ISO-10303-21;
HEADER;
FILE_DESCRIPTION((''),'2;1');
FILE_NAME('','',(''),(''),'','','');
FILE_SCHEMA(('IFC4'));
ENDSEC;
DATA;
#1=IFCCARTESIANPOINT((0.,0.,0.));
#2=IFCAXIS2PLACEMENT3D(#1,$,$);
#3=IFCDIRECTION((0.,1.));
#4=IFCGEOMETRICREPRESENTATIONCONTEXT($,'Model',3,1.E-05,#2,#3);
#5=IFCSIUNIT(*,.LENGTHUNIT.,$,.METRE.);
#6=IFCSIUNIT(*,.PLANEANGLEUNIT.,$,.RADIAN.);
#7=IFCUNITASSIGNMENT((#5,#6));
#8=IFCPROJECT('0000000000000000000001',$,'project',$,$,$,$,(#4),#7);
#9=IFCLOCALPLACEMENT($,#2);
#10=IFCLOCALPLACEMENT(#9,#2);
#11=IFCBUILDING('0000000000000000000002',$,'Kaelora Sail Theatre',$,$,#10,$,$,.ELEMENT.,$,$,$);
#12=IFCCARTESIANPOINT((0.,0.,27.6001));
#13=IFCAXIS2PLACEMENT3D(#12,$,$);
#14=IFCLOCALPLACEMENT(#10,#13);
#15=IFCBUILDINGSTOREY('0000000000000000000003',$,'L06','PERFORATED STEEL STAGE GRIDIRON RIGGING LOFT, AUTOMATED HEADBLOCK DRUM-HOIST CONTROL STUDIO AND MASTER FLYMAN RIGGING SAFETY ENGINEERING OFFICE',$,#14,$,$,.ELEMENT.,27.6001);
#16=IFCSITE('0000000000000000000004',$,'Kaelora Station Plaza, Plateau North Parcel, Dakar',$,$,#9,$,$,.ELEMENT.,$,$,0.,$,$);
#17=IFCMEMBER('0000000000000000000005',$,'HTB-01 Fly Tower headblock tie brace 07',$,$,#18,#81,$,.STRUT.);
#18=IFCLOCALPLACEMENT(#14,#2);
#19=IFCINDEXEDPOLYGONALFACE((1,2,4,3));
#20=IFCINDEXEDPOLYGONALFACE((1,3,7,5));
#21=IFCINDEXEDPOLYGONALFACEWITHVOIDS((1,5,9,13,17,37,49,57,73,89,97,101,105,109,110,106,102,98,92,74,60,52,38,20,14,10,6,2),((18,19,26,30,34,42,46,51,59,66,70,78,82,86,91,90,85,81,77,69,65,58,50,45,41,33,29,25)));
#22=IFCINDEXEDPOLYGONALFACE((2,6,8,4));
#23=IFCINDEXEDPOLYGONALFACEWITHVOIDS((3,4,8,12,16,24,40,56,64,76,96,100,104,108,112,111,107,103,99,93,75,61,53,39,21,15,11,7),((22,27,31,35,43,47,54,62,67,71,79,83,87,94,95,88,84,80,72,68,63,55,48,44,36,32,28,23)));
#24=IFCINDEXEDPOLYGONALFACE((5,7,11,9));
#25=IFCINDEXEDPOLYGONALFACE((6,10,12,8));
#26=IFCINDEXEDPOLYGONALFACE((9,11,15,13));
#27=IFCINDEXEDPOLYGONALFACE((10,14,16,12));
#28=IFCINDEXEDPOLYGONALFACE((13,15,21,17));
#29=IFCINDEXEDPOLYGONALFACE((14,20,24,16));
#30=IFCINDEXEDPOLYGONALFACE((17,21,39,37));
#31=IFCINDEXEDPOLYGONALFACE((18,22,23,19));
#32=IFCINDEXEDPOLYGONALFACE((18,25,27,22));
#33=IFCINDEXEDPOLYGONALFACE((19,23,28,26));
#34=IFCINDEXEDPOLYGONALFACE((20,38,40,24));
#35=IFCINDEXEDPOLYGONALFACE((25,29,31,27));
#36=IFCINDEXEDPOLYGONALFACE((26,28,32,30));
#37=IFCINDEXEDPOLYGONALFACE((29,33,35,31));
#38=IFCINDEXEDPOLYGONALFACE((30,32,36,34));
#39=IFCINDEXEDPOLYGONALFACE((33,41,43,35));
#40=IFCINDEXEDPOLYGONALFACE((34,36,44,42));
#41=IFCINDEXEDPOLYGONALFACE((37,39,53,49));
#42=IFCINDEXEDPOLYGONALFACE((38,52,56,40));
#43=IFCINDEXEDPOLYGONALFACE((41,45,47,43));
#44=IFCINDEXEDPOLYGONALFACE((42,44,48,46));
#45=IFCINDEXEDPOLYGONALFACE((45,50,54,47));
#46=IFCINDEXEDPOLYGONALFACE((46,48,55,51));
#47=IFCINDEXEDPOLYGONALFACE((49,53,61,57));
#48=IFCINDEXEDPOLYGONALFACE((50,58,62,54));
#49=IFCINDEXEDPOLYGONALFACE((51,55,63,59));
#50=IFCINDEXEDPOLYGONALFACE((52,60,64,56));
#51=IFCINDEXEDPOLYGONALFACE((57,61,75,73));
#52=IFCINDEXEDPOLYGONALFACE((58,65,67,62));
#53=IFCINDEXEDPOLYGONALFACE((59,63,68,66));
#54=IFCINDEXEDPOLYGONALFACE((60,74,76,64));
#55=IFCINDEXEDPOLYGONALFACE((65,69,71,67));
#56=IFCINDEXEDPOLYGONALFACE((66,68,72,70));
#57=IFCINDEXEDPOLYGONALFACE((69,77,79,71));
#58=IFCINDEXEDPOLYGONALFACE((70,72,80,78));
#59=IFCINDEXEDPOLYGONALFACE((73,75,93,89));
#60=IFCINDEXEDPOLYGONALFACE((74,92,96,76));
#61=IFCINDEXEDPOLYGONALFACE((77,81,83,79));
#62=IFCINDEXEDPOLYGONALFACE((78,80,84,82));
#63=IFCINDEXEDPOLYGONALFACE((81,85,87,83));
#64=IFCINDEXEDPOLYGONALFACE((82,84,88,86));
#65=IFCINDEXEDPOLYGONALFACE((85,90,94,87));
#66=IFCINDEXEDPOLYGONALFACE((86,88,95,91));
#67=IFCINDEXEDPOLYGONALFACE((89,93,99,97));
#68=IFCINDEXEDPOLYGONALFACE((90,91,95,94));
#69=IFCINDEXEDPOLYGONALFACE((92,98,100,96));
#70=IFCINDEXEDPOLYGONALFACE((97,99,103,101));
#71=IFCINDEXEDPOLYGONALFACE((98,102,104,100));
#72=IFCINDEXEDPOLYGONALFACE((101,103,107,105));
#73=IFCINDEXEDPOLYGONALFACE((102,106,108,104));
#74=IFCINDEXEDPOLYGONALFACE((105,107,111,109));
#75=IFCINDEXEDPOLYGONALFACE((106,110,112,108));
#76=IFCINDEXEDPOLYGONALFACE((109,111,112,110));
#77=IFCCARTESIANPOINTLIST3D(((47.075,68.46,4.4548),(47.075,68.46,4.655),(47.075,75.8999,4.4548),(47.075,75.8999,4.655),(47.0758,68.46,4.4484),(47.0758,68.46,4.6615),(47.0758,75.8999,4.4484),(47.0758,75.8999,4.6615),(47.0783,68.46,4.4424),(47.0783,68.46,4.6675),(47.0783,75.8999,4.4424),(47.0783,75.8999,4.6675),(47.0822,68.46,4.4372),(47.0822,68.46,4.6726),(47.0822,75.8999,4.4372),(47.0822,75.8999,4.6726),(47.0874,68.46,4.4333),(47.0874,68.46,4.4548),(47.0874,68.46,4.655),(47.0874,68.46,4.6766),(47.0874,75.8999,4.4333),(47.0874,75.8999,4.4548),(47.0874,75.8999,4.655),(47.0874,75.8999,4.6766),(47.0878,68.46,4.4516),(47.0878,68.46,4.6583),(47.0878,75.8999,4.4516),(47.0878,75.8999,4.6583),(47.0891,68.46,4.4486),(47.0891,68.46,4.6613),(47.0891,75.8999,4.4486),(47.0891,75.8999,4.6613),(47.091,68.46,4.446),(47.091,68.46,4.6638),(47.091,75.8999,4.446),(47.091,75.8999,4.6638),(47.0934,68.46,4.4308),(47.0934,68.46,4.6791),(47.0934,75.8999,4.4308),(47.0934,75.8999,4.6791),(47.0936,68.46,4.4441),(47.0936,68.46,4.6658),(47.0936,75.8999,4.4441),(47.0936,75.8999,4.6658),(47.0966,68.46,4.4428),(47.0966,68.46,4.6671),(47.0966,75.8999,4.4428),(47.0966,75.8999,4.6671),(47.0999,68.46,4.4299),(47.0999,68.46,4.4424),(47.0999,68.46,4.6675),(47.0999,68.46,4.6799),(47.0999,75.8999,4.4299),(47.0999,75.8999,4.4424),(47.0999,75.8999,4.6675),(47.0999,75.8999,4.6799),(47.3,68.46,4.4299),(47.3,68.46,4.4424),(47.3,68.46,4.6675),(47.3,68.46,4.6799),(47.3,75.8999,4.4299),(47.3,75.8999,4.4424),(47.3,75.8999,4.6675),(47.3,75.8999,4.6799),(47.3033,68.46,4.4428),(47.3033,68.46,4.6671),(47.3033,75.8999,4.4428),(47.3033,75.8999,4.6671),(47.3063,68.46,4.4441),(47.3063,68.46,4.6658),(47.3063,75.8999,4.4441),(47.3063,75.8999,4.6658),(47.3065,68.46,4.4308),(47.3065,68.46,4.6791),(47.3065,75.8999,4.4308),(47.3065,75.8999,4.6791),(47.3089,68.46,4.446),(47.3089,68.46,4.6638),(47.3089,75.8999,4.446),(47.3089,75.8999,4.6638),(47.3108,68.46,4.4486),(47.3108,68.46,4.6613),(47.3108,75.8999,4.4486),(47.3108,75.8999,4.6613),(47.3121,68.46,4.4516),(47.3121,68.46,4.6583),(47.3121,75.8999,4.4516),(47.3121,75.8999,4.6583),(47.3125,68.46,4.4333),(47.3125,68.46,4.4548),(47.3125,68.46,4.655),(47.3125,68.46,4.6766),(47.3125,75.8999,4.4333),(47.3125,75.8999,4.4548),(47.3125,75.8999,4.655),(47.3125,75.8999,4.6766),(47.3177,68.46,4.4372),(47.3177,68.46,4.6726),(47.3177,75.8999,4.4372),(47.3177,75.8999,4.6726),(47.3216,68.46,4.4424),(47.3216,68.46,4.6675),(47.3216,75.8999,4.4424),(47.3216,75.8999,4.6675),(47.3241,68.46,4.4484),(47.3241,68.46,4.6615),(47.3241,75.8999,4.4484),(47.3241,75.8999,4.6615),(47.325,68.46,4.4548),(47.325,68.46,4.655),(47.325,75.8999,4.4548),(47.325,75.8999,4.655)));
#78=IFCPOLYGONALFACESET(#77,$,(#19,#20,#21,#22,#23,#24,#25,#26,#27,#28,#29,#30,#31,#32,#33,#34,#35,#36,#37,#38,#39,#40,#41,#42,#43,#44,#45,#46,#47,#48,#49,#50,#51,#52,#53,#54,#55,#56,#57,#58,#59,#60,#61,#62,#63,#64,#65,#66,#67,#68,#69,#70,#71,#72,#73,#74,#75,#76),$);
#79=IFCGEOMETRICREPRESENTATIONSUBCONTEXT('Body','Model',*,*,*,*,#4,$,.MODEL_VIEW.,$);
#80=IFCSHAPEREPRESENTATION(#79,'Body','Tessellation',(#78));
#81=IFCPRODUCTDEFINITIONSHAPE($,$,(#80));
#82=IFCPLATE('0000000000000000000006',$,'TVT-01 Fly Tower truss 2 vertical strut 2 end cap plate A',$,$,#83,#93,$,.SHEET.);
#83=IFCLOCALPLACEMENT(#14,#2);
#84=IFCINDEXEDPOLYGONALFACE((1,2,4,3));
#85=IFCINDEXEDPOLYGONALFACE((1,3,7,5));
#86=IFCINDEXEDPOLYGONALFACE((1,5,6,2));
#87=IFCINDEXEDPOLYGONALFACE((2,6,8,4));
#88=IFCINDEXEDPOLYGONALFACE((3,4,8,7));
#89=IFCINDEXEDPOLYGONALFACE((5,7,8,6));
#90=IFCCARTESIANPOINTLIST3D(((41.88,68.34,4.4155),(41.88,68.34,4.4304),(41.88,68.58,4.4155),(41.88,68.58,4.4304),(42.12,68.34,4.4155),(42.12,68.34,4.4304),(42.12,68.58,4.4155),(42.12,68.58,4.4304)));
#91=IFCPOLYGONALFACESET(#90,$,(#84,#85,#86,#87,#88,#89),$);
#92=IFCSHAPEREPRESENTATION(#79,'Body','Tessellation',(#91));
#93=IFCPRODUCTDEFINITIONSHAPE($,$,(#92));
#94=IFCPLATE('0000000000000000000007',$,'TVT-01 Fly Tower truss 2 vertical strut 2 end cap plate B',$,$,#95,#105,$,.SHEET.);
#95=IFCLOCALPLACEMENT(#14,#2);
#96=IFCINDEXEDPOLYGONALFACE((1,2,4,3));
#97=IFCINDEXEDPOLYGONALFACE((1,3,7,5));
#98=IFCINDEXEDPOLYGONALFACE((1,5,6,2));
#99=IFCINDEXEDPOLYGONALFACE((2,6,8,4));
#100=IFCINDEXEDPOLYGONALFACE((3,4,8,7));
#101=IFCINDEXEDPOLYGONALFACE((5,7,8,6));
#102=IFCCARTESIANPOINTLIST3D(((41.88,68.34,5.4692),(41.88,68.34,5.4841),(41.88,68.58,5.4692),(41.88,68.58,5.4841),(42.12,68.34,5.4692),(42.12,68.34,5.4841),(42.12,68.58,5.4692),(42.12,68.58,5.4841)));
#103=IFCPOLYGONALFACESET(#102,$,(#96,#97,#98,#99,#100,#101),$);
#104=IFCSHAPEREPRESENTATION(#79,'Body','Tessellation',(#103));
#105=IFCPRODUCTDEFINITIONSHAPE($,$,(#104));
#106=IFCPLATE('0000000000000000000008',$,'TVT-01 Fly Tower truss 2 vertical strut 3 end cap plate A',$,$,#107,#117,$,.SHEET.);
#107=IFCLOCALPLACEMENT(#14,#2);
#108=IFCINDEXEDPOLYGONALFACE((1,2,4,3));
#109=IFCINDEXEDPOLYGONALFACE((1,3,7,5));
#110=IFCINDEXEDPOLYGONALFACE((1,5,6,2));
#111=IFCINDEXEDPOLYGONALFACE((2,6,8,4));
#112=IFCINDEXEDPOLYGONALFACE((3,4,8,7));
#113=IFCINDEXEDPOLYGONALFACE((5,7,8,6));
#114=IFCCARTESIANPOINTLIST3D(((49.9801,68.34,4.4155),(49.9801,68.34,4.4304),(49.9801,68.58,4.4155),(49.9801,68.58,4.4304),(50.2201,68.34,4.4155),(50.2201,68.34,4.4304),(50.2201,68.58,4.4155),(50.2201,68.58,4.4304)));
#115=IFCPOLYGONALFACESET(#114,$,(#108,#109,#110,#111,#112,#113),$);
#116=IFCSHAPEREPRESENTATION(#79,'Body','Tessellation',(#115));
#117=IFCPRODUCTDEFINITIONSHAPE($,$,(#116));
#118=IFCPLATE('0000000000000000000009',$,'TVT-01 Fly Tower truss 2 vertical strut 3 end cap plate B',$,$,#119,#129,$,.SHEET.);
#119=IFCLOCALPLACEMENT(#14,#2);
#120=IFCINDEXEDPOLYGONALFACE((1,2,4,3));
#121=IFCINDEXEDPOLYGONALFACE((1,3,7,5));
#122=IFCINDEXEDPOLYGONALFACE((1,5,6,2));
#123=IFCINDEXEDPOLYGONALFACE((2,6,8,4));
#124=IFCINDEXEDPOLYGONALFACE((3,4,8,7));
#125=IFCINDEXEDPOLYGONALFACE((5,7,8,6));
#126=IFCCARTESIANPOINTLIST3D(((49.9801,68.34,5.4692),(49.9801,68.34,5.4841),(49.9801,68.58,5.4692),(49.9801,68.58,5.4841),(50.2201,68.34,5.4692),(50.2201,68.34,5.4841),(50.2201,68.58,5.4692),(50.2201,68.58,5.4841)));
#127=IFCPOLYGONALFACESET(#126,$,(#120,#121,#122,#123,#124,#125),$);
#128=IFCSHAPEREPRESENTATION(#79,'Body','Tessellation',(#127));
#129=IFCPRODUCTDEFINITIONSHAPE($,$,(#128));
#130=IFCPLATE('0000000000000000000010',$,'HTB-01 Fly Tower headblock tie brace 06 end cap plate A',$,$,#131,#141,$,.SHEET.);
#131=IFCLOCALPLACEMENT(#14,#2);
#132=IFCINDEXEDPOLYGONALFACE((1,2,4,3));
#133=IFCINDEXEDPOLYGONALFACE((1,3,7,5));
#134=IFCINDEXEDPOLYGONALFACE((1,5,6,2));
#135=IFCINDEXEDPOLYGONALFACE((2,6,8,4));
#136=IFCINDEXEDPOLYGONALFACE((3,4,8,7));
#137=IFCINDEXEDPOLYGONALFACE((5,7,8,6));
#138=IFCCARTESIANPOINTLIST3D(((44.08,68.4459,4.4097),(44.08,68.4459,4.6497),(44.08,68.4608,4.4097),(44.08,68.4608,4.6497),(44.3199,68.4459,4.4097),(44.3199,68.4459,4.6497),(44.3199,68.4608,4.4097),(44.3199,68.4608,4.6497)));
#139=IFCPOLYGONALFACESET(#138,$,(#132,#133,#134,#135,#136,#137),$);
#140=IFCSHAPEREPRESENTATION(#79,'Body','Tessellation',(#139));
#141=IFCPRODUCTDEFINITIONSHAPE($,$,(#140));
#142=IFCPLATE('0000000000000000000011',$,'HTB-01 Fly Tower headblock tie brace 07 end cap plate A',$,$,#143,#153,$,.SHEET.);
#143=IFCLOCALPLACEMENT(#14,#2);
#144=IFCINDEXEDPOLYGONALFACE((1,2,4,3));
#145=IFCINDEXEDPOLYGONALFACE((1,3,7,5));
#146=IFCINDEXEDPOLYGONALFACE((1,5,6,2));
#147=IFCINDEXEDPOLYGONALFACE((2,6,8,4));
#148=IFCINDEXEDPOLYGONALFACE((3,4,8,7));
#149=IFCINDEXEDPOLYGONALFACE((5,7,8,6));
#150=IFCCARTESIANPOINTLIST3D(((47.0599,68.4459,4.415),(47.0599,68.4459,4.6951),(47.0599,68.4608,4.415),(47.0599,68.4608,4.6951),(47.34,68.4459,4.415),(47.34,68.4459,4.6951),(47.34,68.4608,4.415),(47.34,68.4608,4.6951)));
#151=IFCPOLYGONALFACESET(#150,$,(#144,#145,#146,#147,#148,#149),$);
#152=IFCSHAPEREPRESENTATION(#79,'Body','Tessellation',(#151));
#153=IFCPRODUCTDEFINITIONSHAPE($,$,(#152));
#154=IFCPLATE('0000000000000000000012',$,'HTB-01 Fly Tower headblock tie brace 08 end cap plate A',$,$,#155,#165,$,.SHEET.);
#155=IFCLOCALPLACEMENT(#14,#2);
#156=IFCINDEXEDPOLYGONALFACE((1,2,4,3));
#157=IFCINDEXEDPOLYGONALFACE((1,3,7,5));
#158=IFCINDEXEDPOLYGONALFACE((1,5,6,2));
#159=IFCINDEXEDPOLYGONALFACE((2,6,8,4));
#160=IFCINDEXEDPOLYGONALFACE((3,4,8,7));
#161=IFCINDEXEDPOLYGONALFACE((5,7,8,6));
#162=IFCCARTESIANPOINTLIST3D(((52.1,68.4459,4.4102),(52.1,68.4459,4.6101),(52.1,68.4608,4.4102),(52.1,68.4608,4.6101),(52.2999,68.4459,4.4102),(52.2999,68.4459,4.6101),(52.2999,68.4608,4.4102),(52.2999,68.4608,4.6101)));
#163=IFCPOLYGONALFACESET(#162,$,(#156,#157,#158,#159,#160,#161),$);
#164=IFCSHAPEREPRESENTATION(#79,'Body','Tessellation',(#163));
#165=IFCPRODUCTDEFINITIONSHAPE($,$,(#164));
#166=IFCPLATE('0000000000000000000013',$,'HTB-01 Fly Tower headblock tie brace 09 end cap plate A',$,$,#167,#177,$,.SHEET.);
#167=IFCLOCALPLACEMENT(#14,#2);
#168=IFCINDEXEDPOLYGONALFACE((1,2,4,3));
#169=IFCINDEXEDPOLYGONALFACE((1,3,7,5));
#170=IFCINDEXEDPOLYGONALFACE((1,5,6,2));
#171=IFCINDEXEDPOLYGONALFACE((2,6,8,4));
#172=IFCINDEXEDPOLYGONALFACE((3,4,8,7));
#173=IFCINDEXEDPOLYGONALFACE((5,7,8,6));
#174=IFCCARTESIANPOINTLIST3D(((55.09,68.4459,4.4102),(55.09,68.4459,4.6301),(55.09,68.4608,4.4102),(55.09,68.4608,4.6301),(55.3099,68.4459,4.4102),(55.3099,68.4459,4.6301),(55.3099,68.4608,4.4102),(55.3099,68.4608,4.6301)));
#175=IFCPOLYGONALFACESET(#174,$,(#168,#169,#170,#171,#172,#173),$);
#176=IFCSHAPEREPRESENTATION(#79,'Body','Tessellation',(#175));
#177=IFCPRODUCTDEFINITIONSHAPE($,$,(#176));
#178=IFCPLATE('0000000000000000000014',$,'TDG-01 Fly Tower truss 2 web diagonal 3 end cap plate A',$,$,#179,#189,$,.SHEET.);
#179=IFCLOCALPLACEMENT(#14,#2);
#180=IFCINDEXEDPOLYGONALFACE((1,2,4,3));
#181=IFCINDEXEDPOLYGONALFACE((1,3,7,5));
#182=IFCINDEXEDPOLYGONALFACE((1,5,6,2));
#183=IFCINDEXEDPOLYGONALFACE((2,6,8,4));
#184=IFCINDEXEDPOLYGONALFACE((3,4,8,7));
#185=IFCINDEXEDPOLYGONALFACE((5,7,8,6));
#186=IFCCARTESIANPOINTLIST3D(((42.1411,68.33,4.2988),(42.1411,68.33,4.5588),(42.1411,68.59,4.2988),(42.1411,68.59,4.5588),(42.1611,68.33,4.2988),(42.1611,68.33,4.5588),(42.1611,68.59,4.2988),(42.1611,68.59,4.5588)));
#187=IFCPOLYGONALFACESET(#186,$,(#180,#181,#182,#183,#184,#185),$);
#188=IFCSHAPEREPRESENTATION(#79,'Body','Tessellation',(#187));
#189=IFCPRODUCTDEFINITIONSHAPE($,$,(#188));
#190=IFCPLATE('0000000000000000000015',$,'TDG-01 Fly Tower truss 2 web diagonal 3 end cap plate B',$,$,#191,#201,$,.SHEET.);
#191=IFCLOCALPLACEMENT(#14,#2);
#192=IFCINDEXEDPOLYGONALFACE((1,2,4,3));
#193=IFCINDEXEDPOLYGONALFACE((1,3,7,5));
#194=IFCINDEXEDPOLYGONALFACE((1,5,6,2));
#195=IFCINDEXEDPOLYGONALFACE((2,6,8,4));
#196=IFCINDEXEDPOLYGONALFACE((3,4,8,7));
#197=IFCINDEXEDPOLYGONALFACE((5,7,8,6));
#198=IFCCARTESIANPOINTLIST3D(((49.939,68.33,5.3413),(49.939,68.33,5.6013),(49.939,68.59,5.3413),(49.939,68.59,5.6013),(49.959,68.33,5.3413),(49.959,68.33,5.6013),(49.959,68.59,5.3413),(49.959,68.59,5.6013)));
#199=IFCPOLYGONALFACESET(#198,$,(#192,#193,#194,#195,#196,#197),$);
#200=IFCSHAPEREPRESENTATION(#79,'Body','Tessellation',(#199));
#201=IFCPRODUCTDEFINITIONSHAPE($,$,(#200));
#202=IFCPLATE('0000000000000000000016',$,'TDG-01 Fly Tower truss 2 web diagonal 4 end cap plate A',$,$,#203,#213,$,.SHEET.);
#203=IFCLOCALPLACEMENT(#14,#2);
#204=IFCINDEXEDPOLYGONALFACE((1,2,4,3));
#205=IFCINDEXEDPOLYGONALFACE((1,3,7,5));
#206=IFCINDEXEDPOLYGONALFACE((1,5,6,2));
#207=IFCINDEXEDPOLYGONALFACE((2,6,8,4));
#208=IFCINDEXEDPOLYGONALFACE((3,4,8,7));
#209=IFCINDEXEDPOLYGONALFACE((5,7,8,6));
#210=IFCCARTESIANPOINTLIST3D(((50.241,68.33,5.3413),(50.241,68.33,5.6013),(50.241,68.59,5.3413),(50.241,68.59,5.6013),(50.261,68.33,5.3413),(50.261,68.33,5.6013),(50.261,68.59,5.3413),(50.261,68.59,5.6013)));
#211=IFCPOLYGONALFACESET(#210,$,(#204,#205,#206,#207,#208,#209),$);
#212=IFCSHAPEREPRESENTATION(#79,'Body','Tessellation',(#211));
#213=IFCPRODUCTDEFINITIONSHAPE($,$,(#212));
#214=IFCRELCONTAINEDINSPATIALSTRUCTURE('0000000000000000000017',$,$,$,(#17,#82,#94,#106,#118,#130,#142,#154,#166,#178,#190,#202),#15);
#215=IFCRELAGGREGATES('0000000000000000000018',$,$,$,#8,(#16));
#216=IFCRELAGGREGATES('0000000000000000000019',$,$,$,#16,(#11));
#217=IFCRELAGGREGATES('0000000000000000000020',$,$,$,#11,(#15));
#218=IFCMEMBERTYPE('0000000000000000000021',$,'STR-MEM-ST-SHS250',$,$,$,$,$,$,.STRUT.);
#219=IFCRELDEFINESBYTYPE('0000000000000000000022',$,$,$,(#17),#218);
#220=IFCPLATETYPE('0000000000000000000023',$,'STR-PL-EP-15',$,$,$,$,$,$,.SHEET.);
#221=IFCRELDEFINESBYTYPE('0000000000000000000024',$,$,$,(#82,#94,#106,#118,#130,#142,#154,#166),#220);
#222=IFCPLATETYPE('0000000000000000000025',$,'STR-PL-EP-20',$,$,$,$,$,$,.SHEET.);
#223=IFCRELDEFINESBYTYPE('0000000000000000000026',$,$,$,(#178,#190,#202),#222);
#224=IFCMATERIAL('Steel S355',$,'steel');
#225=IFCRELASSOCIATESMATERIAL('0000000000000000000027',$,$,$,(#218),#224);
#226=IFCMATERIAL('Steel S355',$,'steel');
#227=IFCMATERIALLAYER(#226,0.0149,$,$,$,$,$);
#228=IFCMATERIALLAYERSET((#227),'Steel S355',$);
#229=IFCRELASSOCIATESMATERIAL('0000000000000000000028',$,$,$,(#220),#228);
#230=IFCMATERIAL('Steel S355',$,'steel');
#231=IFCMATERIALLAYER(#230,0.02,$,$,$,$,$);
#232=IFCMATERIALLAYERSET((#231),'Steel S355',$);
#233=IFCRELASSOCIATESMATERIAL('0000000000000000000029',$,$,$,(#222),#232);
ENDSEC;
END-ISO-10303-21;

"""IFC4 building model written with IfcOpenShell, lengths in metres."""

from ifc_helpers import new_model, si_unit, direction, frame, origin, origin_2d, place, context, subcontext, project, spatial, rectangle, hollow_rectangle, extrude, material, layer, layer_set, material_profile, profile_set, type_object, element, save


model = new_model("IFC4")

# Units and contexts
model_context = context("Model", 3, precision=1e-05, world=origin(), true_north=direction((0.0, 1.0)))
body_context = subcontext(model_context, "Body", "Model", "MODEL_VIEW")
ifc_project = project(units=[si_unit("LENGTHUNIT", "METRE"), si_unit("PLANEANGLEUNIT", "RADIAN")], contexts=[model_context])

# Site, building, storey
site_placement = place(None, origin())
site = spatial("IfcSite", under=ifc_project, at=site_placement, Name="Kaelora Station Plaza, Plateau North Parcel, Dakar", CompositionType="ELEMENT", RefElevation=0.0)
building_placement = place(site_placement, origin())
building = spatial("IfcBuilding", under=site, at=building_placement, Name="Kaelora Sail Theatre", CompositionType="ELEMENT")
storey_placement = place(building_placement, frame((0.0, 0.0, 27.6001)))
storey = spatial("IfcBuildingStorey", under=building, at=storey_placement, Name="L06", Description="PERFORATED STEEL STAGE GRIDIRON RIGGING LOFT, AUTOMATED HEADBLOCK DRUM-HOIST CONTROL STUDIO AND MASTER FLYMAN RIGGING SAFETY ENGINEERING OFFICE", CompositionType="ELEMENT", Elevation=27.6001)

# Member
ifc_material_1 = material(Name="Steel S355", Category="steel")
ifc_material_profile_1 = material_profile(ifc_material_1, hollow_rectangle(XDim=0.25, YDim=0.25, WallThickness=0.0125, InnerFilletRadius=0.0125, OuterFilletRadius=0.0249, at=origin_2d()), Name="SHS 250x250x12.5")
ifc_profile_set_1 = profile_set([ifc_material_profile_1], Name="Steel S355")
member_type_1 = type_object("IfcMemberType", Name="STR-MEM-ST-SHS250", PredefinedType="STRUT", material=ifc_profile_set_1)
member_1_placement = place(storey_placement, frame((47.2, 68.46, 4.5549), z_axis=(0.0, 1.0, 0.0), x_axis=(-1.0, 0.0, 0.0)))
element("IfcMember", 1, at=member_1_placement, inside=storey, type_object=member_type_1, Name="HTB-01 Fly Tower headblock tie brace 07", PredefinedType="STRUT", context=body_context, shape_type="SweptSolid", body=[
    extrude(hollow_rectangle(XDim=0.25, YDim=0.25, WallThickness=0.0125, InnerFilletRadius=0.0125, OuterFilletRadius=0.0249, at=origin_2d()), origin(), (0.0, 0.0, 1.0), 7.4399),
])

# Plates
ifc_material_2 = material(Name="Steel S355", Category="steel")
ifc_layer_1 = layer(ifc_material_2, 0.0149)
ifc_layer_set_1 = layer_set([ifc_layer_1], Name="Steel S355")
plate_type_1 = type_object("IfcPlateType", Name="STR-PL-EP-15", PredefinedType="SHEET", material=ifc_layer_set_1)
for number, where, z_axis, x_axis, name in (
    (2, (42.0, 68.46, 4.4155), (0.0, 0.0, 1.0), (1.0, 0.0, 0.0), "TVT-01 Fly Tower truss 2 vertical strut 2 end cap plate A"),
    (3, (42.0, 68.46, 5.4692), (0.0, 0.0, 1.0), (1.0, 0.0, 0.0), "TVT-01 Fly Tower truss 2 vertical strut 2 end cap plate B"),
    (4, (50.1001, 68.46, 4.4155), (0.0, 0.0, 1.0), (1.0, 0.0, 0.0), "TVT-01 Fly Tower truss 2 vertical strut 3 end cap plate A"),
    (5, (50.1001, 68.46, 5.4692), (0.0, 0.0, 1.0), (1.0, 0.0, 0.0), "TVT-01 Fly Tower truss 2 vertical strut 3 end cap plate B"),
):
    element("IfcPlate", number, at=place(storey_placement, frame(where, z_axis=z_axis, x_axis=x_axis)), inside=storey, type_object=plate_type_1, Name=name, PredefinedType="SHEET", context=body_context, shape_type="SweptSolid", body=[
        extrude(rectangle(XDim=0.24, YDim=0.24, at=origin_2d()), origin(), (0.0, 0.0, 1.0), 0.0149),
    ])
plate_1_placement = place(storey_placement, frame((44.2, 68.4534, 4.4097), z_axis=(0.0, 0.0, 1.0), x_axis=(0.0, 1.0, 0.0)))
element("IfcPlate", 6, at=plate_1_placement, inside=storey, type_object=plate_type_1, Name="HTB-01 Fly Tower headblock tie brace 06 end cap plate A", PredefinedType="SHEET", context=body_context, shape_type="SweptSolid", body=[
    extrude(rectangle(XDim=0.0149, YDim=0.24, at=origin_2d()), origin(), (0.0, 0.0, 1.0), 0.24),
])
plate_2_placement = place(storey_placement, frame((47.2, 68.4534, 4.415), z_axis=(0.0, 0.0, 1.0), x_axis=(0.0, 1.0, 0.0)))
element("IfcPlate", 7, at=plate_2_placement, inside=storey, type_object=plate_type_1, Name="HTB-01 Fly Tower headblock tie brace 07 end cap plate A", PredefinedType="SHEET", context=body_context, shape_type="SweptSolid", body=[
    extrude(rectangle(XDim=0.0149, YDim=0.28, at=origin_2d()), origin(), (0.0, 0.0, 1.0), 0.28),
])
plate_3_placement = place(storey_placement, frame((52.2, 68.4534, 4.4102), z_axis=(0.0, 0.0, 1.0), x_axis=(0.0, 1.0, 0.0)))
element("IfcPlate", 8, at=plate_3_placement, inside=storey, type_object=plate_type_1, Name="HTB-01 Fly Tower headblock tie brace 08 end cap plate A", PredefinedType="SHEET", context=body_context, shape_type="SweptSolid", body=[
    extrude(rectangle(XDim=0.0149, YDim=0.2, at=origin_2d()), origin(), (0.0, 0.0, 1.0), 0.2),
])
plate_4_placement = place(storey_placement, frame((55.2, 68.4534, 4.4102), z_axis=(0.0, 0.0, 1.0), x_axis=(0.0, 1.0, 0.0)))
element("IfcPlate", 9, at=plate_4_placement, inside=storey, type_object=plate_type_1, Name="HTB-01 Fly Tower headblock tie brace 09 end cap plate A", PredefinedType="SHEET", context=body_context, shape_type="SweptSolid", body=[
    extrude(rectangle(XDim=0.0149, YDim=0.22, at=origin_2d()), origin(), (0.0, 0.0, 1.0), 0.22),
])
ifc_material_3 = material(Name="Steel S355", Category="steel")
ifc_layer_2 = layer(ifc_material_3, 0.02)
ifc_layer_set_2 = layer_set([ifc_layer_2], Name="Steel S355")
plate_type_2 = type_object("IfcPlateType", Name="STR-PL-EP-20", PredefinedType="SHEET", material=ifc_layer_set_2)
for number, where, z_axis, x_axis, name in (
    (10, (42.1511, 68.46, 4.2988), (0.0, 0.0, 1.0), (1.0, 0.0, 0.0), "TDG-01 Fly Tower truss 2 web diagonal 3 end cap plate A"),
    (11, (49.949, 68.46, 5.3413), (0.0, 0.0, 1.0), (1.0, 0.0, 0.0), "TDG-01 Fly Tower truss 2 web diagonal 3 end cap plate B"),
    (12, (50.251, 68.46, 5.3413), (0.0, 0.0, 1.0), (1.0, 0.0, 0.0), "TDG-01 Fly Tower truss 2 web diagonal 4 end cap plate A"),
):
    element("IfcPlate", number, at=place(storey_placement, frame(where, z_axis=z_axis, x_axis=x_axis)), inside=storey, type_object=plate_type_2, Name=name, PredefinedType="SHEET", context=body_context, shape_type="SweptSolid", body=[
        extrude(rectangle(XDim=0.02, YDim=0.26, at=origin_2d()), origin(), (0.0, 0.0, 1.0), 0.26),
    ])

save(model, "model.ifc")
